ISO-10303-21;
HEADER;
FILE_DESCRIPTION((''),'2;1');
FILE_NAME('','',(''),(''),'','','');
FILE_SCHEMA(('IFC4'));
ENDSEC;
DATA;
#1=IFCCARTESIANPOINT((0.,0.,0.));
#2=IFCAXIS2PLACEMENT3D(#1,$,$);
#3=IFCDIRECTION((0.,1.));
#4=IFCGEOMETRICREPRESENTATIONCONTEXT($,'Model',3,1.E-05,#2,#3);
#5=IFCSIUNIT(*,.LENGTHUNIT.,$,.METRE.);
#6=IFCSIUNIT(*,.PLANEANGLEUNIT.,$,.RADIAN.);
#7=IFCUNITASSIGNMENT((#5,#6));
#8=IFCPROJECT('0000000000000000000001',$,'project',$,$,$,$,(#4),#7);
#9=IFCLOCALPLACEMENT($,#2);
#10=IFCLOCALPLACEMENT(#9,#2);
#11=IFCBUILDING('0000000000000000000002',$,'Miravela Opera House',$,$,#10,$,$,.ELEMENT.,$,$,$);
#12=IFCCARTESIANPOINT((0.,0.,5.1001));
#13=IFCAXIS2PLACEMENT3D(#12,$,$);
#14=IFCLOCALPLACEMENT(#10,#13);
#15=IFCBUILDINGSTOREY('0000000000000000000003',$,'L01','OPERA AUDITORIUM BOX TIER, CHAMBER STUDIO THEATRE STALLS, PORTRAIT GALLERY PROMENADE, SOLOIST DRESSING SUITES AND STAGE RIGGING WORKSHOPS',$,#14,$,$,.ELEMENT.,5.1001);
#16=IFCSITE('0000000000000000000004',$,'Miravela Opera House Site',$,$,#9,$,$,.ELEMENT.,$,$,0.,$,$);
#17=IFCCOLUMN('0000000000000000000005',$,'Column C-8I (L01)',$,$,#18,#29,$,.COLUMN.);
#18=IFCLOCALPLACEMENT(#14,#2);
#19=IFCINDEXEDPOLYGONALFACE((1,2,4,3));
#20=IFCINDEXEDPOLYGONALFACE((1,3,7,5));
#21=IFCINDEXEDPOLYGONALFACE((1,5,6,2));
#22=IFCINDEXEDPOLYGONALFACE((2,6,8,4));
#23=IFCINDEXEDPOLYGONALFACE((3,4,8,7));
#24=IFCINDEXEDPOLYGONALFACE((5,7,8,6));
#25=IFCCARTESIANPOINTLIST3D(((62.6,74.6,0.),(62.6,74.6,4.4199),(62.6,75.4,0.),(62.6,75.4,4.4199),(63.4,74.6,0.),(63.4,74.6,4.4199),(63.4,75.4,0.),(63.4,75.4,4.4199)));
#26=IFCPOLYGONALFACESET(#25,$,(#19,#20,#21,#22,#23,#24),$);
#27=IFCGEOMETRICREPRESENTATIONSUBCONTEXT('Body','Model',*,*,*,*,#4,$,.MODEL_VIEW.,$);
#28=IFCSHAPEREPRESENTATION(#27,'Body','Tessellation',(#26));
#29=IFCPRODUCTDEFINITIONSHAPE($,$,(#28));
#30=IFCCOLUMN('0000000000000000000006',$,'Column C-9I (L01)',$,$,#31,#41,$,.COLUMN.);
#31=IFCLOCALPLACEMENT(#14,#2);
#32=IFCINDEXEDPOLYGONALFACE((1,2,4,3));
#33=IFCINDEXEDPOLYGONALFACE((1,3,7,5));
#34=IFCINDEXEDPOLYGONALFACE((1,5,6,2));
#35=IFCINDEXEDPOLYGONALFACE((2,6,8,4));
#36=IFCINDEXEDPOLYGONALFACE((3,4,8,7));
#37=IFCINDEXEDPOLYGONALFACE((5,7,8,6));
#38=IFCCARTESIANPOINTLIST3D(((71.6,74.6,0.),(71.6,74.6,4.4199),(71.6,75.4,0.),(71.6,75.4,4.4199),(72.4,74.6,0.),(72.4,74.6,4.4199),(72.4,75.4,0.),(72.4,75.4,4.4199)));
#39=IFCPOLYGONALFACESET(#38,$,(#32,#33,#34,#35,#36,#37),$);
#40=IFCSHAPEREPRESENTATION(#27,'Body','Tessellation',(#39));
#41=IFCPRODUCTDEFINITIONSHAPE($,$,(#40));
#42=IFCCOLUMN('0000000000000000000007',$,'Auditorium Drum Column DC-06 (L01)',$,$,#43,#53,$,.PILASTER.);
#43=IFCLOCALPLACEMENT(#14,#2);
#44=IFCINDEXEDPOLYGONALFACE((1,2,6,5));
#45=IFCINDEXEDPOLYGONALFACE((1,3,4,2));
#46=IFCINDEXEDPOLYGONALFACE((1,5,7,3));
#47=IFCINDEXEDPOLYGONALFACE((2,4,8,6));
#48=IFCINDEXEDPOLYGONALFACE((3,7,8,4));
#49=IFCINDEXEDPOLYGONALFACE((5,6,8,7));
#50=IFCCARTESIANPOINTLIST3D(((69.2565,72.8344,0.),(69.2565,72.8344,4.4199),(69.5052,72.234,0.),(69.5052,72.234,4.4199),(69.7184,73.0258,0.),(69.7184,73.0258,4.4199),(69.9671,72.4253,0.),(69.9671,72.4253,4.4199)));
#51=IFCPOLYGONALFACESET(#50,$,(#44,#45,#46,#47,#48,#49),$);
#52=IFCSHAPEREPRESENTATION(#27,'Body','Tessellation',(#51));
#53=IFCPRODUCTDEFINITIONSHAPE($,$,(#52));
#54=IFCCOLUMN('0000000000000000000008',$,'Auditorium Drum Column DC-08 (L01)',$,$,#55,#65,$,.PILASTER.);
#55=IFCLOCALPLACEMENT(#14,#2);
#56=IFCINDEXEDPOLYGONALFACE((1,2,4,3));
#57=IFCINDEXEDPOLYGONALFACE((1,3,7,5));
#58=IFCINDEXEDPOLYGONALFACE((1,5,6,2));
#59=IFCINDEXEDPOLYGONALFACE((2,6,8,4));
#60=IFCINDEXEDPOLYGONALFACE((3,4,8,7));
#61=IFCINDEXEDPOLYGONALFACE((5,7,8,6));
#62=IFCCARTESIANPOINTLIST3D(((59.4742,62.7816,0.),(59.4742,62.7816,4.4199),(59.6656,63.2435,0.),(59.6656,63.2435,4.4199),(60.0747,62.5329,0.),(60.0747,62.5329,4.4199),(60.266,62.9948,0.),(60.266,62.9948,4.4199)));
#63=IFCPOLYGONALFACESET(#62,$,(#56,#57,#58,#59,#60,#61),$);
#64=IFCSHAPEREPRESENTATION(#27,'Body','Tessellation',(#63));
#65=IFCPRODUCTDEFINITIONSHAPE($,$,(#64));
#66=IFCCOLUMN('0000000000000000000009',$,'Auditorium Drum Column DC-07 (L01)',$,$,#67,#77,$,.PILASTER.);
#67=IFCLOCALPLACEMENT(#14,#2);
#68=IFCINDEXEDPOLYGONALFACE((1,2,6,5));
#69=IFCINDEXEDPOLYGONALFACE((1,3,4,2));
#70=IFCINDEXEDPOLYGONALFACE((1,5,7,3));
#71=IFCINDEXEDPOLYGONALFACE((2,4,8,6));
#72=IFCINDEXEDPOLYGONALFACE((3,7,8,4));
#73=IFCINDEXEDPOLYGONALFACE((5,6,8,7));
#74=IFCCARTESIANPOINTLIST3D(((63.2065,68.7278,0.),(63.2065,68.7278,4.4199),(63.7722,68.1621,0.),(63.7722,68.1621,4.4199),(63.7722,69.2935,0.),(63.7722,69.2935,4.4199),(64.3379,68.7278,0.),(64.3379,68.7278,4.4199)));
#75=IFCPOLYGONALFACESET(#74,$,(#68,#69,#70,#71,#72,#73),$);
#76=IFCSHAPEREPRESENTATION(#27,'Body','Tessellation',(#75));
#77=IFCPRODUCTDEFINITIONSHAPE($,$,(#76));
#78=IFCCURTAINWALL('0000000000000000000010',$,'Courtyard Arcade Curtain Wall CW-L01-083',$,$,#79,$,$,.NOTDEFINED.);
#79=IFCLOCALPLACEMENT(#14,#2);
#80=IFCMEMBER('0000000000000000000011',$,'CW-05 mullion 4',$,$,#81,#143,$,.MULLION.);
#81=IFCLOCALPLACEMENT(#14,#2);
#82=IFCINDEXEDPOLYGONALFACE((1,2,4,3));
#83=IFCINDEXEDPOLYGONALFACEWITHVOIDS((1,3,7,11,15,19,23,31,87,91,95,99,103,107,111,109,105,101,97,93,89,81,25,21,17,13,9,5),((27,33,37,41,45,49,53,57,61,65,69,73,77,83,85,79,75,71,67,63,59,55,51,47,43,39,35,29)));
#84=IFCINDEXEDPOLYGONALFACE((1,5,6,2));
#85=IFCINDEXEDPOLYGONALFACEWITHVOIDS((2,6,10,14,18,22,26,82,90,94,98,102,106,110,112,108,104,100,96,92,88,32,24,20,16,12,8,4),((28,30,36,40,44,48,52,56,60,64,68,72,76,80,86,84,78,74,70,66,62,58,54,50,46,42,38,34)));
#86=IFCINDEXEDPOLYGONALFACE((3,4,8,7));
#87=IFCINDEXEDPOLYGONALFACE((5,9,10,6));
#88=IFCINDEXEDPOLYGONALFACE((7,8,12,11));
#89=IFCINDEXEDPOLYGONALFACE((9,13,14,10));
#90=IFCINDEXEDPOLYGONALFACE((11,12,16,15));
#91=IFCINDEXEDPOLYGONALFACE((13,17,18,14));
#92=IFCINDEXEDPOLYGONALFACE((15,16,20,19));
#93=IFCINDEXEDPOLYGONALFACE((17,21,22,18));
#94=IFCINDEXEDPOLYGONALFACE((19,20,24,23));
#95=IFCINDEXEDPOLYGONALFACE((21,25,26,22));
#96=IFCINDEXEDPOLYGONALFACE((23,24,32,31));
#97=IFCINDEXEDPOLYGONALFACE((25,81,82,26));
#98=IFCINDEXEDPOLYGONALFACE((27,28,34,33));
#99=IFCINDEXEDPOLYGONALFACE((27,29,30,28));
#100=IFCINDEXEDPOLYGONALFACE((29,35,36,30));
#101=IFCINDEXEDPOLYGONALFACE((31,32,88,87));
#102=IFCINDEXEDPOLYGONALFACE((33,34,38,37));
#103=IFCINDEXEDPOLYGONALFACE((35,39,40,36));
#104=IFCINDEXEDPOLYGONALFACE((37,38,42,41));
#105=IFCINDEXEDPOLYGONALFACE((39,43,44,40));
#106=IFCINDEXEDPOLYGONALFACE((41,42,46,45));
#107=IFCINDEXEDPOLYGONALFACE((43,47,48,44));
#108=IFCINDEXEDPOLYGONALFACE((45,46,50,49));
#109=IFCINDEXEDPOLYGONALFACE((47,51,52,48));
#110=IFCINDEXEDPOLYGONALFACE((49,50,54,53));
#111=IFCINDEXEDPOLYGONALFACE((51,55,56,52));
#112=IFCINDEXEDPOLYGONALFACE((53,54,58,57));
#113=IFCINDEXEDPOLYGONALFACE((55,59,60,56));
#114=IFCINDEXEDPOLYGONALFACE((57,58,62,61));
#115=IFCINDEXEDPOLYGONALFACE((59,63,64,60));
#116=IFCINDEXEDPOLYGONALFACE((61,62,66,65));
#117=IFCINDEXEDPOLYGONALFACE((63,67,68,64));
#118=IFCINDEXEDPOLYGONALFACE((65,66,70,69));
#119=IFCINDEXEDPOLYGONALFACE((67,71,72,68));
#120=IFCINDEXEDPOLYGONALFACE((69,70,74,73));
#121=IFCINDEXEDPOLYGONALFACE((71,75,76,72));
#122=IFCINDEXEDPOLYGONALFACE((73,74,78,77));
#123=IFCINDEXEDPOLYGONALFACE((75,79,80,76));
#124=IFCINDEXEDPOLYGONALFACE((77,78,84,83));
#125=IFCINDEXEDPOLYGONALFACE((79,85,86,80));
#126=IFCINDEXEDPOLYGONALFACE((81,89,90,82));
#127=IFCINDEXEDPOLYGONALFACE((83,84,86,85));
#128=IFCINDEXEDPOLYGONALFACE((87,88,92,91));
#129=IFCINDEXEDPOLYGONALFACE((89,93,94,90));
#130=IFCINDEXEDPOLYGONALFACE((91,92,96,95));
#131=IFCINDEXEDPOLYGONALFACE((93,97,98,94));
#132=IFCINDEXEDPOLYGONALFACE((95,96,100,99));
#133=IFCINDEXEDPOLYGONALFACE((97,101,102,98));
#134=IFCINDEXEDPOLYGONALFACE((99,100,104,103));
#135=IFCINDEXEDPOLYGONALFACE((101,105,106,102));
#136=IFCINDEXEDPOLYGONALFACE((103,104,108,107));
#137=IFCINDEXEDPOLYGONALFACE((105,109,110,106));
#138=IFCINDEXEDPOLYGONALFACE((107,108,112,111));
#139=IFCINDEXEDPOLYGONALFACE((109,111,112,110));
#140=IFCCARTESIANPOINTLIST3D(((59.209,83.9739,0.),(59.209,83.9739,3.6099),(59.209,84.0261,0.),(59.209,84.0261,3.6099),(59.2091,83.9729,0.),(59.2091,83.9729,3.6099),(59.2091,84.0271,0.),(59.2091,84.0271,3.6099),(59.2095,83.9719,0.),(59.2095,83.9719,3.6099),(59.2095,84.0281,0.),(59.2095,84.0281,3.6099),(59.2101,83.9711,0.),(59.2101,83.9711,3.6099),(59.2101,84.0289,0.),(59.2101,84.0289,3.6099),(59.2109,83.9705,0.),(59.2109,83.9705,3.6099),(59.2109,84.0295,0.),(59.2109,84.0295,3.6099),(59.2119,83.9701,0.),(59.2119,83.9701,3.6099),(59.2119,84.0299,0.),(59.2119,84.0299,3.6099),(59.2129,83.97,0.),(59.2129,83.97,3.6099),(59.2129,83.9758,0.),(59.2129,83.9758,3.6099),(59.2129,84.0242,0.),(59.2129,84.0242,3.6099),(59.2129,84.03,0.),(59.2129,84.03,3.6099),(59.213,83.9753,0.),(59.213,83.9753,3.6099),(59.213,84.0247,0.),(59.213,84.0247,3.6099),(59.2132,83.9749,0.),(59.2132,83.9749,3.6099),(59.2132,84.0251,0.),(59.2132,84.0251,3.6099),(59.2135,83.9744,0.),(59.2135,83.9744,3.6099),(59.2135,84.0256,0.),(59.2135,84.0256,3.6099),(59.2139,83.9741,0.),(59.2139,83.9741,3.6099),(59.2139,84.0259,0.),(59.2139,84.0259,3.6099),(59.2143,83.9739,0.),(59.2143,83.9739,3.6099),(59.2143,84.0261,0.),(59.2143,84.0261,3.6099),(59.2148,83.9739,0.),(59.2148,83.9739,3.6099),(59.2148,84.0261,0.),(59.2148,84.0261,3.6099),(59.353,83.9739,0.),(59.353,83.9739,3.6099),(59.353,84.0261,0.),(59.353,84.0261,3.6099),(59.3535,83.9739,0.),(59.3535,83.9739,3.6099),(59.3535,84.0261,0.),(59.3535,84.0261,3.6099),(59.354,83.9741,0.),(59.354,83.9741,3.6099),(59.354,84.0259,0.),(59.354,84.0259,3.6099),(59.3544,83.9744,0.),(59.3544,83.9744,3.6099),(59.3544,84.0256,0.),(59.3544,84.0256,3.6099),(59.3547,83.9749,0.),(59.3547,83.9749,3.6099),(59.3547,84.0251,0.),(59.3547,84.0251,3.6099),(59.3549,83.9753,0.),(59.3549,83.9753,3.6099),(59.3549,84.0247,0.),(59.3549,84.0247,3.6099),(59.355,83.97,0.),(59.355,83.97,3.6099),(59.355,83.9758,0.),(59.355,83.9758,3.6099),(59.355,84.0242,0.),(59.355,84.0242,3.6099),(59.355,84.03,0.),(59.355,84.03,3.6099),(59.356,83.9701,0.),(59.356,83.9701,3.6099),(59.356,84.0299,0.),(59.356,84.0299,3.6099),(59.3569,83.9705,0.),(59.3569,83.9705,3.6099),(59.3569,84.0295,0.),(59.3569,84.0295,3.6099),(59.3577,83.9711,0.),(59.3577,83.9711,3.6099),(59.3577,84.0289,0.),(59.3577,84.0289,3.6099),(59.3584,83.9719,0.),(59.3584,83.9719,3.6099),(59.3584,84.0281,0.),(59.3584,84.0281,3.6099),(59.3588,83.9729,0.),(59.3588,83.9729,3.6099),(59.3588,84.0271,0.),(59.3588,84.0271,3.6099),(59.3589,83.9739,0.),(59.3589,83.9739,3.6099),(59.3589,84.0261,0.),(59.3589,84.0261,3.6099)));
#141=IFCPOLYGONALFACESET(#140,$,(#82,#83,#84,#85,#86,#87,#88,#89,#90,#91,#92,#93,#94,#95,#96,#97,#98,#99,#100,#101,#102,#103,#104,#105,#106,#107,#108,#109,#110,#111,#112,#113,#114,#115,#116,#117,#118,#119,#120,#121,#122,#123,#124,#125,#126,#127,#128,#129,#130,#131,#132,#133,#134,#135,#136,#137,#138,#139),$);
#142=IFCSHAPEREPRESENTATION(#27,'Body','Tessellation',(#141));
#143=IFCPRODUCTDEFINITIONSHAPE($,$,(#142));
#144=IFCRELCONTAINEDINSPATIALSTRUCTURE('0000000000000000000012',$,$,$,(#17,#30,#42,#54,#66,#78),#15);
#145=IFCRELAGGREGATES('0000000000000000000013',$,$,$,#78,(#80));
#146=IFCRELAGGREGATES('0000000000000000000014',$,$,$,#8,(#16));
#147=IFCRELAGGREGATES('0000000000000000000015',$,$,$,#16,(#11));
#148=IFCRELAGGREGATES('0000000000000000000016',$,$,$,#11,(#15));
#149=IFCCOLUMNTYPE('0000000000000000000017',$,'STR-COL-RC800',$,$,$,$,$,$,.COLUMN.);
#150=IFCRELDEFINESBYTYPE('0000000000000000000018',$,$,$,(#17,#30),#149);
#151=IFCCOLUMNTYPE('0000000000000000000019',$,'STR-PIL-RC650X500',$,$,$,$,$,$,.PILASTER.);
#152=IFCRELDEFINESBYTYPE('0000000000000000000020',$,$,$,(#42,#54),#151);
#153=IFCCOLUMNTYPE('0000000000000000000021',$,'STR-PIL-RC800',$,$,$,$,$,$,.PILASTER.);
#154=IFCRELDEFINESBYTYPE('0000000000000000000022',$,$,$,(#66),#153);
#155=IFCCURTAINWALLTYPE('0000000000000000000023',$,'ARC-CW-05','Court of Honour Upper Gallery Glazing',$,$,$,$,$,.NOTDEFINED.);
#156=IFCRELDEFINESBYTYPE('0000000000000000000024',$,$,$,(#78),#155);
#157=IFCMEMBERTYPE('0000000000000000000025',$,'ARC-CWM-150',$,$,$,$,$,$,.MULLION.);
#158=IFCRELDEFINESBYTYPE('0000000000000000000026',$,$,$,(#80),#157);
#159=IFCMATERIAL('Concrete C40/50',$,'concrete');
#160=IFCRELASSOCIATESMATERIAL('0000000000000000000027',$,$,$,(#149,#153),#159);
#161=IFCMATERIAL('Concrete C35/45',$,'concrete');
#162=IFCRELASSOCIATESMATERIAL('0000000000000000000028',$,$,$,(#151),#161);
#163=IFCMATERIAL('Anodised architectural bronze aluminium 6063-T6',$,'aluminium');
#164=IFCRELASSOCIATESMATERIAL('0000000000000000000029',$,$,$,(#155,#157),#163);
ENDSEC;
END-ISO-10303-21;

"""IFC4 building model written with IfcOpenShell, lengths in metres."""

from ifc_helpers import new_model, si_unit, direction, frame, origin, origin_2d, place, context, subcontext, project, spatial, rectangle, hollow_rectangle, extrude, material, material_profile, profile_set, type_object, element, aggregate, save


model = new_model("IFC4")

# Units and contexts
model_context = context("Model", 3, precision=1e-05, world=origin(), true_north=direction((0.0, 1.0)))
body_context = subcontext(model_context, "Body", "Model", "MODEL_VIEW")
ifc_project = project(units=[si_unit("LENGTHUNIT", "METRE"), si_unit("PLANEANGLEUNIT", "RADIAN")], contexts=[model_context])

# Site, building, storey
site_placement = place(None, origin())
site = spatial("IfcSite", under=ifc_project, at=site_placement, Name="Miravela Opera House Site", CompositionType="ELEMENT", RefElevation=0.0)
building_placement = place(site_placement, origin())
building = spatial("IfcBuilding", under=site, at=building_placement, Name="Miravela Opera House", CompositionType="ELEMENT")
storey_placement = place(building_placement, frame((0.0, 0.0, 5.1001)))
storey = spatial("IfcBuildingStorey", under=building, at=storey_placement, Name="L01", Description="OPERA AUDITORIUM BOX TIER, CHAMBER STUDIO THEATRE STALLS, PORTRAIT GALLERY PROMENADE, SOLOIST DRESSING SUITES AND STAGE RIGGING WORKSHOPS", CompositionType="ELEMENT", Elevation=5.1001)

# Columns
ifc_material_1 = material(Name="Concrete C40/50", Category="concrete")
ifc_material_profile_1 = material_profile(ifc_material_1, rectangle(XDim=0.8, YDim=0.8, at=origin_2d()), Name="RC-COL-800X800")
ifc_profile_set_1 = profile_set([ifc_material_profile_1])
column_type_1 = type_object("IfcColumnType", Name="STR-COL-RC800", PredefinedType="COLUMN", material=ifc_profile_set_1)
for number, where, z_axis, x_axis, name in (
    (1, (63.0, 75.0, 0.0), (0.0, 0.0, 1.0), (1.0, 0.0, 0.0), "Column C-8I (L01)"),
    (2, (72.0, 75.0, 0.0), (0.0, 0.0, 1.0), (1.0, 0.0, 0.0), "Column C-9I (L01)"),
):
    element("IfcColumn", number, at=place(storey_placement, frame(where, z_axis=z_axis, x_axis=x_axis)), inside=storey, type_object=column_type_1, Name=name, PredefinedType="COLUMN", context=body_context, shape_type="SweptSolid", body=[
        extrude(rectangle(XDim=0.8, YDim=0.8, at=origin_2d()), origin(), (0.0, 0.0, 1.0), 4.4199),
    ])
ifc_material_2 = material(Name="Concrete C35/45", Category="concrete")
ifc_material_profile_2 = material_profile(ifc_material_2, rectangle(XDim=0.6499, YDim=0.5, at=origin_2d()), Name="RC-PIL-650X500")
ifc_profile_set_2 = profile_set([ifc_material_profile_2])
column_type_2 = type_object("IfcColumnType", Name="STR-PIL-RC650X500", PredefinedType="PILASTER", material=ifc_profile_set_2)
for number, where, z_axis, x_axis, name in (
    (3, (69.6118, 72.6299, 0.0), (0.0, 0.0, 1.0), (-0.382683, 0.92388, 0.0), "Auditorium Drum Column DC-06 (L01)"),
    (4, (59.8701, 62.8882, 0.0), (0.0, 0.0, 1.0), (-0.92388, 0.382683, 0.0), "Auditorium Drum Column DC-08 (L01)"),
):
    element("IfcColumn", number, at=place(storey_placement, frame(where, z_axis=z_axis, x_axis=x_axis)), inside=storey, type_object=column_type_2, Name=name, PredefinedType="PILASTER", context=body_context, shape_type="SweptSolid", body=[
        extrude(rectangle(XDim=0.6499, YDim=0.5, at=origin_2d()), origin(), (0.0, 0.0, 1.0), 4.4199),
    ])
ifc_material_profile_3 = material_profile(ifc_material_1, rectangle(XDim=0.8, YDim=0.8, at=origin_2d()), Name="RC-COL-800X800")
ifc_profile_set_3 = profile_set([ifc_material_profile_3])
column_type_3 = type_object("IfcColumnType", Name="STR-PIL-RC800", PredefinedType="PILASTER", material=ifc_profile_set_3)
column_placement = place(storey_placement, frame((63.7722, 68.7278, 0.0), z_axis=(0.0, 0.0, 1.0), x_axis=(-0.707107, 0.707107, 0.0)))
element("IfcColumn", 5, at=column_placement, inside=storey, type_object=column_type_3, Name="Auditorium Drum Column DC-07 (L01)", PredefinedType="PILASTER", context=body_context, shape_type="SweptSolid", body=[
    extrude(rectangle(XDim=0.8, YDim=0.8, at=origin_2d()), origin(), (0.0, 0.0, 1.0), 4.4199),
])

# Curtain wall, member
ifc_material_3 = material(Name="Anodised architectural bronze aluminium 6063-T6", Category="aluminium")
curtain_wall_type = type_object("IfcCurtainWallType", Name="ARC-CW-05", Description="Court of Honour Upper Gallery Glazing", PredefinedType="NOTDEFINED", material=ifc_material_3)
curtain_wall_placement = place(storey_placement, origin())
curtain_wall = element("IfcCurtainWall", 6, at=curtain_wall_placement, inside=storey, type_object=curtain_wall_type, Name="Courtyard Arcade Curtain Wall CW-L01-083", PredefinedType="NOTDEFINED")
ifc_material_profile_4 = material_profile(ifc_material_3, hollow_rectangle(XDim=0.0601, YDim=0.1499, WallThickness=0.0039, InnerFilletRadius=0.002, OuterFilletRadius=0.0039, at=origin_2d()), Name="CWM-60X150")
ifc_profile_set_4 = profile_set([ifc_material_profile_4])
member_type_1 = type_object("IfcMemberType", Name="ARC-CWM-150", PredefinedType="MULLION", material=ifc_profile_set_4)
member_1_placement = place(storey_placement, frame((59.2839, 84.0, 0.0), z_axis=(0.0, 0.0, 1.0), x_axis=(0.0, 1.0, 0.0)))
member_1 = element("IfcMember", 7, at=member_1_placement, type_object=member_type_1, Name="CW-05 mullion 4", PredefinedType="MULLION", context=body_context, shape_type="SweptSolid", body=[
    extrude(hollow_rectangle(XDim=0.0601, YDim=0.1499, WallThickness=0.0039, InnerFilletRadius=0.002, OuterFilletRadius=0.0039, at=origin_2d()), origin(), (0.0, 0.0, 1.0), 3.6099),
])
aggregate(curtain_wall, [member_1])

save(model, "model.ifc")
